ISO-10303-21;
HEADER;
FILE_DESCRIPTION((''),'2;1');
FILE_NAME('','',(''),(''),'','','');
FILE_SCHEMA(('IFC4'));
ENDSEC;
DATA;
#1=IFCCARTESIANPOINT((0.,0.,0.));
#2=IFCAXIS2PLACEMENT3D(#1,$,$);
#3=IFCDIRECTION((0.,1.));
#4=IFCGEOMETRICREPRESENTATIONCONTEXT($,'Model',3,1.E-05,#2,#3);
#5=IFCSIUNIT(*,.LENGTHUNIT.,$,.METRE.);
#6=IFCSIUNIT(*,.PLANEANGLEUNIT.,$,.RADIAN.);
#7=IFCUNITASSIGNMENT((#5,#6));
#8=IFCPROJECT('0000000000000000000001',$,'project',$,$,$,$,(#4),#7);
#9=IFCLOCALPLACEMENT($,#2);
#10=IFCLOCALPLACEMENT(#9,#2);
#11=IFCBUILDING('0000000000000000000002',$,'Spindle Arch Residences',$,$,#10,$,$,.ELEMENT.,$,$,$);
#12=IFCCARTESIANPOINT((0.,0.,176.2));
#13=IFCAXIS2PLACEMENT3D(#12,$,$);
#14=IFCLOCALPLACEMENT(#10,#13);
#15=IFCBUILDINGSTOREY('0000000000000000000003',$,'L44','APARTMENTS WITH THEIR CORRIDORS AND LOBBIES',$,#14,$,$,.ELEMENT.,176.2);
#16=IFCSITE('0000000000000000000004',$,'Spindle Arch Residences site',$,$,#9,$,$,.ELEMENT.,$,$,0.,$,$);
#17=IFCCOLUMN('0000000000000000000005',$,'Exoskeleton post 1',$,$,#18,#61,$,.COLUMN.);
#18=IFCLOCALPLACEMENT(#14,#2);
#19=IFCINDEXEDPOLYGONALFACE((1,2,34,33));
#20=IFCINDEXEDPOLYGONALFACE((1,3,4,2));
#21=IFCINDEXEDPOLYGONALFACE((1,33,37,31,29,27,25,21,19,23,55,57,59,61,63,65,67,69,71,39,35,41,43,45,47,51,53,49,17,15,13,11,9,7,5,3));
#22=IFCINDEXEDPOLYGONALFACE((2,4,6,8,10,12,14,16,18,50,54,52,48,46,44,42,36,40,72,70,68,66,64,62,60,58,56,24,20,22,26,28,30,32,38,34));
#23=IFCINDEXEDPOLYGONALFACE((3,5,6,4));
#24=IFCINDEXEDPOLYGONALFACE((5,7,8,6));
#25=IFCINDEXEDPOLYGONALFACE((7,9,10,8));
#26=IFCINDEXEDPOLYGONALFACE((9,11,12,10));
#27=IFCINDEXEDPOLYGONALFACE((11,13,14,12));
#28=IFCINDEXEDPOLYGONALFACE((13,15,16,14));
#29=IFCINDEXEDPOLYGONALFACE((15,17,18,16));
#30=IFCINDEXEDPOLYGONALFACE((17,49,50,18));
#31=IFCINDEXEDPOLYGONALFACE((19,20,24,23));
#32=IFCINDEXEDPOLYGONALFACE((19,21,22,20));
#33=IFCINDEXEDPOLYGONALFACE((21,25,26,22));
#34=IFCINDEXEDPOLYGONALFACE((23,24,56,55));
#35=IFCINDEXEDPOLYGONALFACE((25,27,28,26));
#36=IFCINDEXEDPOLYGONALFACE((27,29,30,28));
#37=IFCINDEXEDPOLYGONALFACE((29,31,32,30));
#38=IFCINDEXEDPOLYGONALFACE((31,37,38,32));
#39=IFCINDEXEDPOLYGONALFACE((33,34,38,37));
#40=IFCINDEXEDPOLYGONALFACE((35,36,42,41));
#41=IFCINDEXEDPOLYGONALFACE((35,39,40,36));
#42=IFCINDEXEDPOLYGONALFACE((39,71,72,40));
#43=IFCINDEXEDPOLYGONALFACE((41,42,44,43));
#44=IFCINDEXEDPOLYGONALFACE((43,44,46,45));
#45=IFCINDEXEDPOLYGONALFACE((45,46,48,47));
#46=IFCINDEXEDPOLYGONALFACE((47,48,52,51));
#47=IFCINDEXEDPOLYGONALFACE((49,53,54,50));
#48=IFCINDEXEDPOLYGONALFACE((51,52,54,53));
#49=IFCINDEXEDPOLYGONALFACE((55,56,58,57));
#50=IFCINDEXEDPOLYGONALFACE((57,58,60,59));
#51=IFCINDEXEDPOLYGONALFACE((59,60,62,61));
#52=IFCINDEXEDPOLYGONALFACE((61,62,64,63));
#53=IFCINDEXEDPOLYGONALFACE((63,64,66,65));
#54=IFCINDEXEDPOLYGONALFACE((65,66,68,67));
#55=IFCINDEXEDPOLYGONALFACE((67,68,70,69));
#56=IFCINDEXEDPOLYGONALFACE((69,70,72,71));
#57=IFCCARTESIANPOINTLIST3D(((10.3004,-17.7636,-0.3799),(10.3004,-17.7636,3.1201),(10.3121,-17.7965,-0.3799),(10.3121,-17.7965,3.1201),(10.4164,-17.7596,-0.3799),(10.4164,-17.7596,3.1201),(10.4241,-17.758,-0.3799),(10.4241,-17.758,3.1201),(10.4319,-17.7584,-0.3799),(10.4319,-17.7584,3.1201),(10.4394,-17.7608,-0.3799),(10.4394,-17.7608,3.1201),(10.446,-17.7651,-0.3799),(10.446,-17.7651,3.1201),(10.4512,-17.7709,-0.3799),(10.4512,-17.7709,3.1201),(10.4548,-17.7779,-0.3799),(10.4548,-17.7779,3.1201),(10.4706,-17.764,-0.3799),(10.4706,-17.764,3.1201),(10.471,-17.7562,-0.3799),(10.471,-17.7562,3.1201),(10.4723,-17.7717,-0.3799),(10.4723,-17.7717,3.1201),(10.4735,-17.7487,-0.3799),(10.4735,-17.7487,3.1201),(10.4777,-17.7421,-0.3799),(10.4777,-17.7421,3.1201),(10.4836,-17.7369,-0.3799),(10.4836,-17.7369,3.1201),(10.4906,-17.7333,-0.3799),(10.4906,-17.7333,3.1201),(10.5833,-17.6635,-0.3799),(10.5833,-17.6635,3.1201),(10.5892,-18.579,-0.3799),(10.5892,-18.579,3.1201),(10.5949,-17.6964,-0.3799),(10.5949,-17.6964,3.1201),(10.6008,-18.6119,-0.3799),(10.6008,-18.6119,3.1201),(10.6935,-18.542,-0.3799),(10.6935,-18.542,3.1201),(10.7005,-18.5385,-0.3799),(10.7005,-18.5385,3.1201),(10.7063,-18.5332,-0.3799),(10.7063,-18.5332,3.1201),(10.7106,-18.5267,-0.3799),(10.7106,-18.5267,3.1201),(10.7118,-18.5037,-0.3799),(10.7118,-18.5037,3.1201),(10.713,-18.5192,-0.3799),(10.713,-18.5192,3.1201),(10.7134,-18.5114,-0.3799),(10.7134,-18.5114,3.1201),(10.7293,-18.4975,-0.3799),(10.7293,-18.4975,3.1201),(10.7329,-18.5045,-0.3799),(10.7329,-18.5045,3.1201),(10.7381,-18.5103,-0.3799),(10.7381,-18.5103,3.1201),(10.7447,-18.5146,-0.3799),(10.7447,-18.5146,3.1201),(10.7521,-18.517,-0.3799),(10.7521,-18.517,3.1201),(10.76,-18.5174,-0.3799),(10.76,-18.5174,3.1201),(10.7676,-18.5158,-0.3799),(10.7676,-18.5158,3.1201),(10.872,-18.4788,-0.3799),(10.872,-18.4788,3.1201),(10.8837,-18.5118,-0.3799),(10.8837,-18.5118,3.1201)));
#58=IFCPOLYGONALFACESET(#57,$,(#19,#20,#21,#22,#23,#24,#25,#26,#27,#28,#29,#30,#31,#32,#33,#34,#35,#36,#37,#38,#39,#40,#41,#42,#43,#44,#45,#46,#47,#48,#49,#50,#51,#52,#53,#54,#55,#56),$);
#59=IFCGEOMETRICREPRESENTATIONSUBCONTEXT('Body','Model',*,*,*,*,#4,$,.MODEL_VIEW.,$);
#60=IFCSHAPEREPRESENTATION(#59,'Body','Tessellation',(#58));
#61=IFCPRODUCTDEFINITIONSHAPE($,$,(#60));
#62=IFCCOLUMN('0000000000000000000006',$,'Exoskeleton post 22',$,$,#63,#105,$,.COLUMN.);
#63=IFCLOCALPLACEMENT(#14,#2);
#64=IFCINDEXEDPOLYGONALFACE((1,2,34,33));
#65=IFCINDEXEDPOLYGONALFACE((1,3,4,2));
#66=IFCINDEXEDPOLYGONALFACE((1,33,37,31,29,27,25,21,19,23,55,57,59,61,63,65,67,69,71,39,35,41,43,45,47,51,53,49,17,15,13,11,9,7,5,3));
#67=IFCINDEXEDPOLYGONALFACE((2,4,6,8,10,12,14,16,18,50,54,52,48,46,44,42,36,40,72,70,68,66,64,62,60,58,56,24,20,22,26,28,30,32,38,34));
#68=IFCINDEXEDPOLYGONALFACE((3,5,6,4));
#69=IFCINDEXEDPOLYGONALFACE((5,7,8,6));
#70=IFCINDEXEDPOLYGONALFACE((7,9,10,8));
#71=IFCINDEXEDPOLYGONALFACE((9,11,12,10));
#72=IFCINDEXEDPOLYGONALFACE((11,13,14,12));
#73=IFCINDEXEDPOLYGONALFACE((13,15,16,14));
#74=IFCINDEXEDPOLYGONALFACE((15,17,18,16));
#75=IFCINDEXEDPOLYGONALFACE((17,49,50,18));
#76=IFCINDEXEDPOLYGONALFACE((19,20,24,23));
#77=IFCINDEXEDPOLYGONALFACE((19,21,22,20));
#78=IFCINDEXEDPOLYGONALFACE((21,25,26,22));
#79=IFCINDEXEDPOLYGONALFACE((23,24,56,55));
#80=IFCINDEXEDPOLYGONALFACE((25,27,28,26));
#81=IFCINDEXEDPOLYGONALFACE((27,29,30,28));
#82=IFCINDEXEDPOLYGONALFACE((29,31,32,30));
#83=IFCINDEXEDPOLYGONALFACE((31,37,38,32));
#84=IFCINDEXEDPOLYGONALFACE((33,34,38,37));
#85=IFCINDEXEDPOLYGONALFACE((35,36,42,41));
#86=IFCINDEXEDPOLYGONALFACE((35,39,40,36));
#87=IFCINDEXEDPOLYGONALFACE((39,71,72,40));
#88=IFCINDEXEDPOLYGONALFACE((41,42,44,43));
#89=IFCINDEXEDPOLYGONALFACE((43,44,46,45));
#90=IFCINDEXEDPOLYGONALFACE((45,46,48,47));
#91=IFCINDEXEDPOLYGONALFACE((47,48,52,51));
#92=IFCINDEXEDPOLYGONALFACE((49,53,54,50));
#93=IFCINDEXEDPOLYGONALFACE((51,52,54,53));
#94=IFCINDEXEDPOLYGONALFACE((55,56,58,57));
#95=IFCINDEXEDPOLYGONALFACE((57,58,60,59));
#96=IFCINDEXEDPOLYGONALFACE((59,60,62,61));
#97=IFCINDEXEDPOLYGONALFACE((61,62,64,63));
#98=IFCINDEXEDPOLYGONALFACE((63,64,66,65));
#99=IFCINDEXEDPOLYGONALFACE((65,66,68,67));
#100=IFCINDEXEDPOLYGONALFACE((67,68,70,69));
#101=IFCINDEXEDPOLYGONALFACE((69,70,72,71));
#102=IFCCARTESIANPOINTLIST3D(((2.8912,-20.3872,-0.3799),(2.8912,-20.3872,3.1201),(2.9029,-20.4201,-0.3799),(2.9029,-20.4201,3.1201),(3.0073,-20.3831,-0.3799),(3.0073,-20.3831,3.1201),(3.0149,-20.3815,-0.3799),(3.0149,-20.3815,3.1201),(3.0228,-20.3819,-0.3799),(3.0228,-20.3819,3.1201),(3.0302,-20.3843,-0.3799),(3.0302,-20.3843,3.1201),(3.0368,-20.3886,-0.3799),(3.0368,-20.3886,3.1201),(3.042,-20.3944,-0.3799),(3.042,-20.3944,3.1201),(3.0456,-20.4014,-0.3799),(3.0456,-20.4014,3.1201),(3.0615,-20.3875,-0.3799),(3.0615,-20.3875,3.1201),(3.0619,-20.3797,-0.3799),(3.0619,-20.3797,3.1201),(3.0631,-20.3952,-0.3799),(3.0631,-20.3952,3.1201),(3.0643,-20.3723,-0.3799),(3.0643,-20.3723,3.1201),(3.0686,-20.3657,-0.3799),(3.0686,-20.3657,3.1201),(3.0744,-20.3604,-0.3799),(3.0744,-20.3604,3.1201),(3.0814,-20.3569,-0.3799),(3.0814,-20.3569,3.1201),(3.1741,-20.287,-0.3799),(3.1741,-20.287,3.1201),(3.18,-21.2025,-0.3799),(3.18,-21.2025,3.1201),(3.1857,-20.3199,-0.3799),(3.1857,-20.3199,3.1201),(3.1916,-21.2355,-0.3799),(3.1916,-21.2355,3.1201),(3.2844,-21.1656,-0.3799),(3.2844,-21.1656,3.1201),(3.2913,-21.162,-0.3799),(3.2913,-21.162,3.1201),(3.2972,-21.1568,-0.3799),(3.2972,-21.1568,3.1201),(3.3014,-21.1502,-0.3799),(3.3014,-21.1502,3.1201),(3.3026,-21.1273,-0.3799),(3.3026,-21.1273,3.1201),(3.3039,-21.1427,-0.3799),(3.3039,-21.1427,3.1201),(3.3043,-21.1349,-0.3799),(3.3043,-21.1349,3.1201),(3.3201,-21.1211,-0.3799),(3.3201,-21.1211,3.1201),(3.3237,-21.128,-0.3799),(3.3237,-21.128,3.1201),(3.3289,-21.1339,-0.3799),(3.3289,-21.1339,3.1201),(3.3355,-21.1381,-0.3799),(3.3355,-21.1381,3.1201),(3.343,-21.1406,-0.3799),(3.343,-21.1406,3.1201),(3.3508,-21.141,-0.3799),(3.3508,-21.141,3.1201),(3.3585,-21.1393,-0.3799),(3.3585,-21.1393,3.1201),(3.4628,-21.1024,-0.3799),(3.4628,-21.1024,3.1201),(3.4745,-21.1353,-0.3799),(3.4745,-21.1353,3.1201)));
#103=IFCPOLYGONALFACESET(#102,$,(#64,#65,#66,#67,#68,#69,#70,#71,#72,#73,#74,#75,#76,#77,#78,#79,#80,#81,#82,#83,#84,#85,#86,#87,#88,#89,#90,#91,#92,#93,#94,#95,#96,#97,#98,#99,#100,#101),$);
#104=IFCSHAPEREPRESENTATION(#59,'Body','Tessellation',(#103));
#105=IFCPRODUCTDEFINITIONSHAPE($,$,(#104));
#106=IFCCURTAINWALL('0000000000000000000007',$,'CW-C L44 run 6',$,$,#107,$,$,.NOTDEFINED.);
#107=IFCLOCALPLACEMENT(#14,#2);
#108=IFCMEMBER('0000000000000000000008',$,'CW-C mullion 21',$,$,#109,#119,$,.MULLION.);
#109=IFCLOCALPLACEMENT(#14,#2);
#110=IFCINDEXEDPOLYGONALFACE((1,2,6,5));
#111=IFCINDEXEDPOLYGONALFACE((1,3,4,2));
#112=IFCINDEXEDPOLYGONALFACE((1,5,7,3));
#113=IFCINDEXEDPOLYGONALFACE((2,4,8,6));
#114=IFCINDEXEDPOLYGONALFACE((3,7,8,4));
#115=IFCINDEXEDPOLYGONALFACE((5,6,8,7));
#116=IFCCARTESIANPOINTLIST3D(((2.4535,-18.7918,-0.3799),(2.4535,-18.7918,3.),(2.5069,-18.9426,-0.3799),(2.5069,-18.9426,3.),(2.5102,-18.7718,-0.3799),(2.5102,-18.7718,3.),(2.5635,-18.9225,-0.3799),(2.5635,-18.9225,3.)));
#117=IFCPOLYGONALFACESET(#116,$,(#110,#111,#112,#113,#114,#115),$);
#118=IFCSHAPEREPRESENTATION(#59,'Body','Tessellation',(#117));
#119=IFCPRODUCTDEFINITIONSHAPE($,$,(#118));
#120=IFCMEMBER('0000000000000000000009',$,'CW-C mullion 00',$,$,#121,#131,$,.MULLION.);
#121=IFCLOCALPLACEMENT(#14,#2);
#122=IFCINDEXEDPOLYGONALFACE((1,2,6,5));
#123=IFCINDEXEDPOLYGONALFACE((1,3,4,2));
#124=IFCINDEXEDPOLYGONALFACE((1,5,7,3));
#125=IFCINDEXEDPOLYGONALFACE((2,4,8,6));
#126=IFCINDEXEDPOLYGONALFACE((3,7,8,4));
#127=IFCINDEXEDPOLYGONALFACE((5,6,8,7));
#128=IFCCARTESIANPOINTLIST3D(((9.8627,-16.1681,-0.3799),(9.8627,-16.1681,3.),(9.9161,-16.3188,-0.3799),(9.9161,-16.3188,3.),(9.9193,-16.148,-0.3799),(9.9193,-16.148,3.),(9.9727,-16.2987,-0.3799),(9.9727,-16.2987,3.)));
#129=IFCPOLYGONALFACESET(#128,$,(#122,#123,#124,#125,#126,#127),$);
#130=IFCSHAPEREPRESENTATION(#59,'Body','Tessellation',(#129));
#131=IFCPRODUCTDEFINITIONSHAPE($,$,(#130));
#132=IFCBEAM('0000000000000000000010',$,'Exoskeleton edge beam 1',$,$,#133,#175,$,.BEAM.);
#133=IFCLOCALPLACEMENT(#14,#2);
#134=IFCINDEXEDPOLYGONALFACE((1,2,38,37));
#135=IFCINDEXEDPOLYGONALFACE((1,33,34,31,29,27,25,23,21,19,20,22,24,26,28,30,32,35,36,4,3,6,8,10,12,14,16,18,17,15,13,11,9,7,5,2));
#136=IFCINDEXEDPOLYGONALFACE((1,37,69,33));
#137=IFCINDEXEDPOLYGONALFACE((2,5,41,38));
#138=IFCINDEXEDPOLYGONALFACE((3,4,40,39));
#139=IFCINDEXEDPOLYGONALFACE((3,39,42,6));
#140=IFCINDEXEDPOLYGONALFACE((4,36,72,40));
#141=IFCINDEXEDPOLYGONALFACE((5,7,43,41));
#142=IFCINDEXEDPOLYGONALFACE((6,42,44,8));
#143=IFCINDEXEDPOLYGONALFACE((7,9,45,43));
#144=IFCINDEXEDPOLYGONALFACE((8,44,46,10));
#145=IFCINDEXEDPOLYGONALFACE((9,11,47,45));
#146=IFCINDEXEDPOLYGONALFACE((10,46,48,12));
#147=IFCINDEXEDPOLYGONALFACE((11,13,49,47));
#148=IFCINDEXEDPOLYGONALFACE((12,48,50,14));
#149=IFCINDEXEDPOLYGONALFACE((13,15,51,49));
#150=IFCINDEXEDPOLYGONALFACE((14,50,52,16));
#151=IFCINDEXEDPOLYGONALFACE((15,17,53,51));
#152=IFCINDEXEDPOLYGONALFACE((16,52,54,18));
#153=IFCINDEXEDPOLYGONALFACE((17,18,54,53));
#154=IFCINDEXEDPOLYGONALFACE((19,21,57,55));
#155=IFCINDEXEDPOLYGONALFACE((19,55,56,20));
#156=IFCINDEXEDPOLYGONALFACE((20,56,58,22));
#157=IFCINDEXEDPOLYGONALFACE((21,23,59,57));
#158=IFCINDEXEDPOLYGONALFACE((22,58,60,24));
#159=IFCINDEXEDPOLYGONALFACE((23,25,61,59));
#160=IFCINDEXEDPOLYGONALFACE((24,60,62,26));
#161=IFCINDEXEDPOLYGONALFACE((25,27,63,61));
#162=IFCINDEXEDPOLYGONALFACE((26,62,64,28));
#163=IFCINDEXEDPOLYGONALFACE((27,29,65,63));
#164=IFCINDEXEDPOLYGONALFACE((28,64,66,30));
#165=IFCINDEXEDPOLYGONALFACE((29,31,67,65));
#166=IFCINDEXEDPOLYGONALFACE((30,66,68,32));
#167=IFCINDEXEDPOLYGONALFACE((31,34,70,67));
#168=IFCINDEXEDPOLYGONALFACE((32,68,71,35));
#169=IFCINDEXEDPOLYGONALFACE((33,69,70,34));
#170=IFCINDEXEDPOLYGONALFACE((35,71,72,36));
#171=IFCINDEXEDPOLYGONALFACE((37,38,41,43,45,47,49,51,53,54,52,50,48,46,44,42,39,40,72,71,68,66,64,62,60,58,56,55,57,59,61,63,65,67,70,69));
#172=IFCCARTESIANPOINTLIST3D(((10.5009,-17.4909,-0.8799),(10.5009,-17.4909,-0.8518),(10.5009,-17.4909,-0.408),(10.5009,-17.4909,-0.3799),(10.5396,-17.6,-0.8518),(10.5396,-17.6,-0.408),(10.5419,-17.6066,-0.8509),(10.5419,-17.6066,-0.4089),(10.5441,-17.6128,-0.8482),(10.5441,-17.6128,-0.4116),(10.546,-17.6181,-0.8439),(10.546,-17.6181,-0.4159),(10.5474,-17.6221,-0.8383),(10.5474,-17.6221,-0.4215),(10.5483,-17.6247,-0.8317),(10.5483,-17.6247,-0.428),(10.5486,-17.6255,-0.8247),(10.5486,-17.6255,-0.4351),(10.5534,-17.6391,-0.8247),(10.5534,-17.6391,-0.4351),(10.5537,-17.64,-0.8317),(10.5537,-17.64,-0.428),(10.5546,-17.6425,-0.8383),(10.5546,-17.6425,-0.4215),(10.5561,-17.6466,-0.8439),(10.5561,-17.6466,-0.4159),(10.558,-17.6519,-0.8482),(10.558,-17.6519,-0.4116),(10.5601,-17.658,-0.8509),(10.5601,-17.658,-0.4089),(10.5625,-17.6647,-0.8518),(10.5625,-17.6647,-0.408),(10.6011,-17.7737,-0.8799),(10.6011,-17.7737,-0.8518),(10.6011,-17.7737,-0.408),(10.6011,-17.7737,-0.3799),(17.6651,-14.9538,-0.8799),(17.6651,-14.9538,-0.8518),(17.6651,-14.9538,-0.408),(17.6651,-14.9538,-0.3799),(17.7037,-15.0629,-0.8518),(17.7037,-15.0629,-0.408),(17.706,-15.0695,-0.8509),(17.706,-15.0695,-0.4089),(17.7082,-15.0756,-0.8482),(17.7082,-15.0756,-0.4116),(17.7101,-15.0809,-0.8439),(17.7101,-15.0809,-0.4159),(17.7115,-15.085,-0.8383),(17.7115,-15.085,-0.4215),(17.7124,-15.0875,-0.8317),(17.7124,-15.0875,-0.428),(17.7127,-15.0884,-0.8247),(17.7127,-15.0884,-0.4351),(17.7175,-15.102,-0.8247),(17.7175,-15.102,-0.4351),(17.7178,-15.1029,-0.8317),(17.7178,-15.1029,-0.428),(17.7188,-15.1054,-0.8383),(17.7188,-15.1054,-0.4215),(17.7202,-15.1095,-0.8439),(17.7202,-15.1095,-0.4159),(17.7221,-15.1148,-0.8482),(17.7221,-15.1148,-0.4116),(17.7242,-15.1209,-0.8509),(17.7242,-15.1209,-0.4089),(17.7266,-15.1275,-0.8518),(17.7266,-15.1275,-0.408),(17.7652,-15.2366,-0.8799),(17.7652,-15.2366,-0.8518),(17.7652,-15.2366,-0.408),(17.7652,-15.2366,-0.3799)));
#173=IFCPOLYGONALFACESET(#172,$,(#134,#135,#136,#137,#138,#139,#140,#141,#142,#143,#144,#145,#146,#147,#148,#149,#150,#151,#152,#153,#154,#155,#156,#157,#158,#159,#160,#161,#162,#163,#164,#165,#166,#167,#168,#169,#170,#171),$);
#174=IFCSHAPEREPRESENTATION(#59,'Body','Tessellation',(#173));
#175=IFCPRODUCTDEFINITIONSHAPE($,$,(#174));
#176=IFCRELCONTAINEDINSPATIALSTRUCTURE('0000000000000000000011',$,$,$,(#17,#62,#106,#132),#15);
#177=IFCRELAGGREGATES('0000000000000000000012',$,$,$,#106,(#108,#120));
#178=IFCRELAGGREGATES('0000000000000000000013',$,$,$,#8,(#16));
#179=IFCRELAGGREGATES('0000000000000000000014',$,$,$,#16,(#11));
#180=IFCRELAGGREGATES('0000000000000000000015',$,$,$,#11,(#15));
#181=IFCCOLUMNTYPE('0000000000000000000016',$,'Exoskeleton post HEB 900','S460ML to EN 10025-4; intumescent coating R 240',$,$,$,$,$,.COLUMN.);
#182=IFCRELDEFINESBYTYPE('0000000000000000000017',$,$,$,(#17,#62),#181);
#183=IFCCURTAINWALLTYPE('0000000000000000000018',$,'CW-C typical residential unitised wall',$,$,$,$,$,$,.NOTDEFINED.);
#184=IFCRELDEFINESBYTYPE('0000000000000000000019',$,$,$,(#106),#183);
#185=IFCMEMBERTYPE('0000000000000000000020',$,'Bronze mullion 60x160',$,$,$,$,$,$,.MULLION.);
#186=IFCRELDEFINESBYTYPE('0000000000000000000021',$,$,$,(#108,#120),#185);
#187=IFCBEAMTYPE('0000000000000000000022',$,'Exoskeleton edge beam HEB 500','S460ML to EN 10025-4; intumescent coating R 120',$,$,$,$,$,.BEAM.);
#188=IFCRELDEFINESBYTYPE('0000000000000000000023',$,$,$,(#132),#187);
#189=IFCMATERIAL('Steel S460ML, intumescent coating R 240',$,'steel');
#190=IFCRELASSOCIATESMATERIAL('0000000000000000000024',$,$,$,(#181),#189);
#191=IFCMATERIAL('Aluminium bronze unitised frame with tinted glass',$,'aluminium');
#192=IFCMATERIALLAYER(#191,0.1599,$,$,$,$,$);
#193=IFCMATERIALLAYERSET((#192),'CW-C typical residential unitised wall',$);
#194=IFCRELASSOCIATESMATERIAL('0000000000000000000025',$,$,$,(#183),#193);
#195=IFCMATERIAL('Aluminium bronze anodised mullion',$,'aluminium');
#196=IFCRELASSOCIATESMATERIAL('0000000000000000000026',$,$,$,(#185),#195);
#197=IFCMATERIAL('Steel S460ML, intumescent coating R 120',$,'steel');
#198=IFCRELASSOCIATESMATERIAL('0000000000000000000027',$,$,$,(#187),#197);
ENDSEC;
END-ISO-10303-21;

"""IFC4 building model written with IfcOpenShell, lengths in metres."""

from ifc_helpers import new_model, si_unit, direction, frame, origin, origin_2d, place, context, subcontext, project, spatial, rectangle, i_section, extrude, material, layer, layer_set, material_profile, profile_set, type_object, element, aggregate, save


model = new_model("IFC4")

# Units and contexts
model_context = context("Model", 3, precision=1e-05, world=origin(), true_north=direction((0.0, 1.0)))
body_context = subcontext(model_context, "Body", "Model", "MODEL_VIEW")
ifc_project = project(units=[si_unit("LENGTHUNIT", "METRE"), si_unit("PLANEANGLEUNIT", "RADIAN")], contexts=[model_context])

# Site, building, storey
site_placement = place(None, origin())
site = spatial("IfcSite", under=ifc_project, at=site_placement, Name="Spindle Arch Residences site", CompositionType="ELEMENT", RefElevation=0.0)
building_placement = place(site_placement, origin())
building = spatial("IfcBuilding", under=site, at=building_placement, Name="Spindle Arch Residences", CompositionType="ELEMENT")
storey_placement = place(building_placement, frame((0.0, 0.0, 176.2)))
storey = spatial("IfcBuildingStorey", under=building, at=storey_placement, Name="L44", Description="APARTMENTS WITH THEIR CORRIDORS AND LOBBIES", CompositionType="ELEMENT", Elevation=176.2)

# Columns
ifc_material_1 = material(Name="Steel S460ML, intumescent coating R 240", Category="steel")
ifc_material_profile_1 = material_profile(ifc_material_1, i_section(OverallWidth=0.3, OverallDepth=0.8999, WebThickness=0.0186, FlangeThickness=0.0349, FilletRadius=0.03, at=origin_2d()), Name="HEB 900")
ifc_profile_set_1 = profile_set([ifc_material_profile_1], Name="Steel S460ML, intumescent coating R 240")
column_type = type_object("IfcColumnType", Name="Exoskeleton post HEB 900", Description="S460ML to EN 10025-4; intumescent coating R 240", PredefinedType="COLUMN", material=ifc_profile_set_1)
for number, where, z_axis, x_axis, name in (
    (1, (10.592, -18.1377, -0.3799), (0.0, 0.0, 1.0), (-0.942641, -0.333807, 0.0), "Exoskeleton post 1"),
    (2, (3.1829, -20.7612, -0.3799), (0.0, 0.0, 1.0), (-0.942641, -0.333807, 0.0), "Exoskeleton post 22"),
):
    element("IfcColumn", number, at=place(storey_placement, frame(where, z_axis=z_axis, x_axis=x_axis)), inside=storey, type_object=column_type, Name=name, PredefinedType="COLUMN", context=body_context, shape_type="SweptSolid", body=[
        extrude(i_section(OverallWidth=0.3, OverallDepth=0.8999, WebThickness=0.0186, FlangeThickness=0.0349, FilletRadius=0.03, at=origin_2d()), origin(), (0.0, 0.0, 1.0), 3.5),
    ])

# Curtain wall, members
ifc_material_2 = material(Name="Aluminium bronze unitised frame with tinted glass", Category="aluminium")
ifc_layer_1 = layer(ifc_material_2, 0.1599)
ifc_layer_set_1 = layer_set([ifc_layer_1], Name="CW-C typical residential unitised wall")
curtain_wall_type = type_object("IfcCurtainWallType", Name="CW-C typical residential unitised wall", PredefinedType="NOTDEFINED", material=ifc_layer_set_1)
curtain_wall_placement = place(storey_placement, origin())
curtain_wall = element("IfcCurtainWall", 3, at=curtain_wall_placement, inside=storey, type_object=curtain_wall_type, Name="CW-C L44 run 6", PredefinedType="NOTDEFINED")
ifc_material_3 = material(Name="Aluminium bronze anodised mullion", Category="aluminium")
ifc_material_profile_2 = material_profile(ifc_material_3, rectangle(XDim=0.1599, YDim=0.0601, at=origin_2d()), Name="MU 60x160")
ifc_profile_set_2 = profile_set([ifc_material_profile_2], Name="Aluminium bronze anodised mullion")
member_type = type_object("IfcMemberType", Name="Bronze mullion 60x160", PredefinedType="MULLION", material=ifc_profile_set_2)
member_1_placement = place(storey_placement, frame((2.5085, -18.8572, -0.3799), z_axis=(0.0, 0.0, 1.0), x_axis=(-0.333807, 0.942641, 0.0)))
member_1 = element("IfcMember", 4, at=member_1_placement, type_object=member_type, Name="CW-C mullion 21", PredefinedType="MULLION", context=body_context, shape_type="SweptSolid", body=[
    extrude(rectangle(XDim=0.1599, YDim=0.0601, at=origin_2d()), origin(), (0.0, 0.0, 1.0), 3.3799),
])
member_2_placement = place(storey_placement, frame((9.9177, -16.2334, -0.3799), z_axis=(0.0, 0.0, 1.0), x_axis=(-0.333807, 0.942641, 0.0)))
member_2 = element("IfcMember", 5, at=member_2_placement, type_object=member_type, Name="CW-C mullion 00", PredefinedType="MULLION", context=body_context, shape_type="SweptSolid", body=[
    extrude(rectangle(XDim=0.1599, YDim=0.0601, at=origin_2d()), origin(), (0.0, 0.0, 1.0), 3.3799),
])

# Beam
ifc_material_4 = material(Name="Steel S460ML, intumescent coating R 120", Category="steel")
ifc_material_profile_3 = material_profile(ifc_material_4, i_section(OverallWidth=0.3, OverallDepth=0.5, WebThickness=0.0144, FlangeThickness=0.0281, FilletRadius=0.0271, at=origin_2d()), Name="HEB 500")
ifc_profile_set_3 = profile_set([ifc_material_profile_3], Name="Steel S460ML, intumescent coating R 120")
beam_type_1 = type_object("IfcBeamType", Name="Exoskeleton edge beam HEB 500", Description="S460ML to EN 10025-4; intumescent coating R 120", PredefinedType="BEAM", material=ifc_profile_set_3)
for number, where, z_axis, x_axis, name in (
    (6, (10.551, -17.6323, -0.6299), (0.942634, 0.333828, 0.0), (-0.333828, 0.942634, 0.0), "Exoskeleton edge beam 1"),
):
    element("IfcBeam", number, at=place(storey_placement, frame(where, z_axis=z_axis, x_axis=x_axis)), inside=storey, type_object=beam_type_1, Name=name, PredefinedType="BEAM", context=body_context, shape_type="SweptSolid", body=[
        extrude(i_section(OverallWidth=0.3, OverallDepth=0.5, WebThickness=0.0144, FlangeThickness=0.0281, FilletRadius=0.0271, at=origin_2d()), origin(), (0.0, 0.0, 1.0), 7.6001),
    ])

aggregate(curtain_wall, [member_1, member_2])

save(model, "model.ifc")
